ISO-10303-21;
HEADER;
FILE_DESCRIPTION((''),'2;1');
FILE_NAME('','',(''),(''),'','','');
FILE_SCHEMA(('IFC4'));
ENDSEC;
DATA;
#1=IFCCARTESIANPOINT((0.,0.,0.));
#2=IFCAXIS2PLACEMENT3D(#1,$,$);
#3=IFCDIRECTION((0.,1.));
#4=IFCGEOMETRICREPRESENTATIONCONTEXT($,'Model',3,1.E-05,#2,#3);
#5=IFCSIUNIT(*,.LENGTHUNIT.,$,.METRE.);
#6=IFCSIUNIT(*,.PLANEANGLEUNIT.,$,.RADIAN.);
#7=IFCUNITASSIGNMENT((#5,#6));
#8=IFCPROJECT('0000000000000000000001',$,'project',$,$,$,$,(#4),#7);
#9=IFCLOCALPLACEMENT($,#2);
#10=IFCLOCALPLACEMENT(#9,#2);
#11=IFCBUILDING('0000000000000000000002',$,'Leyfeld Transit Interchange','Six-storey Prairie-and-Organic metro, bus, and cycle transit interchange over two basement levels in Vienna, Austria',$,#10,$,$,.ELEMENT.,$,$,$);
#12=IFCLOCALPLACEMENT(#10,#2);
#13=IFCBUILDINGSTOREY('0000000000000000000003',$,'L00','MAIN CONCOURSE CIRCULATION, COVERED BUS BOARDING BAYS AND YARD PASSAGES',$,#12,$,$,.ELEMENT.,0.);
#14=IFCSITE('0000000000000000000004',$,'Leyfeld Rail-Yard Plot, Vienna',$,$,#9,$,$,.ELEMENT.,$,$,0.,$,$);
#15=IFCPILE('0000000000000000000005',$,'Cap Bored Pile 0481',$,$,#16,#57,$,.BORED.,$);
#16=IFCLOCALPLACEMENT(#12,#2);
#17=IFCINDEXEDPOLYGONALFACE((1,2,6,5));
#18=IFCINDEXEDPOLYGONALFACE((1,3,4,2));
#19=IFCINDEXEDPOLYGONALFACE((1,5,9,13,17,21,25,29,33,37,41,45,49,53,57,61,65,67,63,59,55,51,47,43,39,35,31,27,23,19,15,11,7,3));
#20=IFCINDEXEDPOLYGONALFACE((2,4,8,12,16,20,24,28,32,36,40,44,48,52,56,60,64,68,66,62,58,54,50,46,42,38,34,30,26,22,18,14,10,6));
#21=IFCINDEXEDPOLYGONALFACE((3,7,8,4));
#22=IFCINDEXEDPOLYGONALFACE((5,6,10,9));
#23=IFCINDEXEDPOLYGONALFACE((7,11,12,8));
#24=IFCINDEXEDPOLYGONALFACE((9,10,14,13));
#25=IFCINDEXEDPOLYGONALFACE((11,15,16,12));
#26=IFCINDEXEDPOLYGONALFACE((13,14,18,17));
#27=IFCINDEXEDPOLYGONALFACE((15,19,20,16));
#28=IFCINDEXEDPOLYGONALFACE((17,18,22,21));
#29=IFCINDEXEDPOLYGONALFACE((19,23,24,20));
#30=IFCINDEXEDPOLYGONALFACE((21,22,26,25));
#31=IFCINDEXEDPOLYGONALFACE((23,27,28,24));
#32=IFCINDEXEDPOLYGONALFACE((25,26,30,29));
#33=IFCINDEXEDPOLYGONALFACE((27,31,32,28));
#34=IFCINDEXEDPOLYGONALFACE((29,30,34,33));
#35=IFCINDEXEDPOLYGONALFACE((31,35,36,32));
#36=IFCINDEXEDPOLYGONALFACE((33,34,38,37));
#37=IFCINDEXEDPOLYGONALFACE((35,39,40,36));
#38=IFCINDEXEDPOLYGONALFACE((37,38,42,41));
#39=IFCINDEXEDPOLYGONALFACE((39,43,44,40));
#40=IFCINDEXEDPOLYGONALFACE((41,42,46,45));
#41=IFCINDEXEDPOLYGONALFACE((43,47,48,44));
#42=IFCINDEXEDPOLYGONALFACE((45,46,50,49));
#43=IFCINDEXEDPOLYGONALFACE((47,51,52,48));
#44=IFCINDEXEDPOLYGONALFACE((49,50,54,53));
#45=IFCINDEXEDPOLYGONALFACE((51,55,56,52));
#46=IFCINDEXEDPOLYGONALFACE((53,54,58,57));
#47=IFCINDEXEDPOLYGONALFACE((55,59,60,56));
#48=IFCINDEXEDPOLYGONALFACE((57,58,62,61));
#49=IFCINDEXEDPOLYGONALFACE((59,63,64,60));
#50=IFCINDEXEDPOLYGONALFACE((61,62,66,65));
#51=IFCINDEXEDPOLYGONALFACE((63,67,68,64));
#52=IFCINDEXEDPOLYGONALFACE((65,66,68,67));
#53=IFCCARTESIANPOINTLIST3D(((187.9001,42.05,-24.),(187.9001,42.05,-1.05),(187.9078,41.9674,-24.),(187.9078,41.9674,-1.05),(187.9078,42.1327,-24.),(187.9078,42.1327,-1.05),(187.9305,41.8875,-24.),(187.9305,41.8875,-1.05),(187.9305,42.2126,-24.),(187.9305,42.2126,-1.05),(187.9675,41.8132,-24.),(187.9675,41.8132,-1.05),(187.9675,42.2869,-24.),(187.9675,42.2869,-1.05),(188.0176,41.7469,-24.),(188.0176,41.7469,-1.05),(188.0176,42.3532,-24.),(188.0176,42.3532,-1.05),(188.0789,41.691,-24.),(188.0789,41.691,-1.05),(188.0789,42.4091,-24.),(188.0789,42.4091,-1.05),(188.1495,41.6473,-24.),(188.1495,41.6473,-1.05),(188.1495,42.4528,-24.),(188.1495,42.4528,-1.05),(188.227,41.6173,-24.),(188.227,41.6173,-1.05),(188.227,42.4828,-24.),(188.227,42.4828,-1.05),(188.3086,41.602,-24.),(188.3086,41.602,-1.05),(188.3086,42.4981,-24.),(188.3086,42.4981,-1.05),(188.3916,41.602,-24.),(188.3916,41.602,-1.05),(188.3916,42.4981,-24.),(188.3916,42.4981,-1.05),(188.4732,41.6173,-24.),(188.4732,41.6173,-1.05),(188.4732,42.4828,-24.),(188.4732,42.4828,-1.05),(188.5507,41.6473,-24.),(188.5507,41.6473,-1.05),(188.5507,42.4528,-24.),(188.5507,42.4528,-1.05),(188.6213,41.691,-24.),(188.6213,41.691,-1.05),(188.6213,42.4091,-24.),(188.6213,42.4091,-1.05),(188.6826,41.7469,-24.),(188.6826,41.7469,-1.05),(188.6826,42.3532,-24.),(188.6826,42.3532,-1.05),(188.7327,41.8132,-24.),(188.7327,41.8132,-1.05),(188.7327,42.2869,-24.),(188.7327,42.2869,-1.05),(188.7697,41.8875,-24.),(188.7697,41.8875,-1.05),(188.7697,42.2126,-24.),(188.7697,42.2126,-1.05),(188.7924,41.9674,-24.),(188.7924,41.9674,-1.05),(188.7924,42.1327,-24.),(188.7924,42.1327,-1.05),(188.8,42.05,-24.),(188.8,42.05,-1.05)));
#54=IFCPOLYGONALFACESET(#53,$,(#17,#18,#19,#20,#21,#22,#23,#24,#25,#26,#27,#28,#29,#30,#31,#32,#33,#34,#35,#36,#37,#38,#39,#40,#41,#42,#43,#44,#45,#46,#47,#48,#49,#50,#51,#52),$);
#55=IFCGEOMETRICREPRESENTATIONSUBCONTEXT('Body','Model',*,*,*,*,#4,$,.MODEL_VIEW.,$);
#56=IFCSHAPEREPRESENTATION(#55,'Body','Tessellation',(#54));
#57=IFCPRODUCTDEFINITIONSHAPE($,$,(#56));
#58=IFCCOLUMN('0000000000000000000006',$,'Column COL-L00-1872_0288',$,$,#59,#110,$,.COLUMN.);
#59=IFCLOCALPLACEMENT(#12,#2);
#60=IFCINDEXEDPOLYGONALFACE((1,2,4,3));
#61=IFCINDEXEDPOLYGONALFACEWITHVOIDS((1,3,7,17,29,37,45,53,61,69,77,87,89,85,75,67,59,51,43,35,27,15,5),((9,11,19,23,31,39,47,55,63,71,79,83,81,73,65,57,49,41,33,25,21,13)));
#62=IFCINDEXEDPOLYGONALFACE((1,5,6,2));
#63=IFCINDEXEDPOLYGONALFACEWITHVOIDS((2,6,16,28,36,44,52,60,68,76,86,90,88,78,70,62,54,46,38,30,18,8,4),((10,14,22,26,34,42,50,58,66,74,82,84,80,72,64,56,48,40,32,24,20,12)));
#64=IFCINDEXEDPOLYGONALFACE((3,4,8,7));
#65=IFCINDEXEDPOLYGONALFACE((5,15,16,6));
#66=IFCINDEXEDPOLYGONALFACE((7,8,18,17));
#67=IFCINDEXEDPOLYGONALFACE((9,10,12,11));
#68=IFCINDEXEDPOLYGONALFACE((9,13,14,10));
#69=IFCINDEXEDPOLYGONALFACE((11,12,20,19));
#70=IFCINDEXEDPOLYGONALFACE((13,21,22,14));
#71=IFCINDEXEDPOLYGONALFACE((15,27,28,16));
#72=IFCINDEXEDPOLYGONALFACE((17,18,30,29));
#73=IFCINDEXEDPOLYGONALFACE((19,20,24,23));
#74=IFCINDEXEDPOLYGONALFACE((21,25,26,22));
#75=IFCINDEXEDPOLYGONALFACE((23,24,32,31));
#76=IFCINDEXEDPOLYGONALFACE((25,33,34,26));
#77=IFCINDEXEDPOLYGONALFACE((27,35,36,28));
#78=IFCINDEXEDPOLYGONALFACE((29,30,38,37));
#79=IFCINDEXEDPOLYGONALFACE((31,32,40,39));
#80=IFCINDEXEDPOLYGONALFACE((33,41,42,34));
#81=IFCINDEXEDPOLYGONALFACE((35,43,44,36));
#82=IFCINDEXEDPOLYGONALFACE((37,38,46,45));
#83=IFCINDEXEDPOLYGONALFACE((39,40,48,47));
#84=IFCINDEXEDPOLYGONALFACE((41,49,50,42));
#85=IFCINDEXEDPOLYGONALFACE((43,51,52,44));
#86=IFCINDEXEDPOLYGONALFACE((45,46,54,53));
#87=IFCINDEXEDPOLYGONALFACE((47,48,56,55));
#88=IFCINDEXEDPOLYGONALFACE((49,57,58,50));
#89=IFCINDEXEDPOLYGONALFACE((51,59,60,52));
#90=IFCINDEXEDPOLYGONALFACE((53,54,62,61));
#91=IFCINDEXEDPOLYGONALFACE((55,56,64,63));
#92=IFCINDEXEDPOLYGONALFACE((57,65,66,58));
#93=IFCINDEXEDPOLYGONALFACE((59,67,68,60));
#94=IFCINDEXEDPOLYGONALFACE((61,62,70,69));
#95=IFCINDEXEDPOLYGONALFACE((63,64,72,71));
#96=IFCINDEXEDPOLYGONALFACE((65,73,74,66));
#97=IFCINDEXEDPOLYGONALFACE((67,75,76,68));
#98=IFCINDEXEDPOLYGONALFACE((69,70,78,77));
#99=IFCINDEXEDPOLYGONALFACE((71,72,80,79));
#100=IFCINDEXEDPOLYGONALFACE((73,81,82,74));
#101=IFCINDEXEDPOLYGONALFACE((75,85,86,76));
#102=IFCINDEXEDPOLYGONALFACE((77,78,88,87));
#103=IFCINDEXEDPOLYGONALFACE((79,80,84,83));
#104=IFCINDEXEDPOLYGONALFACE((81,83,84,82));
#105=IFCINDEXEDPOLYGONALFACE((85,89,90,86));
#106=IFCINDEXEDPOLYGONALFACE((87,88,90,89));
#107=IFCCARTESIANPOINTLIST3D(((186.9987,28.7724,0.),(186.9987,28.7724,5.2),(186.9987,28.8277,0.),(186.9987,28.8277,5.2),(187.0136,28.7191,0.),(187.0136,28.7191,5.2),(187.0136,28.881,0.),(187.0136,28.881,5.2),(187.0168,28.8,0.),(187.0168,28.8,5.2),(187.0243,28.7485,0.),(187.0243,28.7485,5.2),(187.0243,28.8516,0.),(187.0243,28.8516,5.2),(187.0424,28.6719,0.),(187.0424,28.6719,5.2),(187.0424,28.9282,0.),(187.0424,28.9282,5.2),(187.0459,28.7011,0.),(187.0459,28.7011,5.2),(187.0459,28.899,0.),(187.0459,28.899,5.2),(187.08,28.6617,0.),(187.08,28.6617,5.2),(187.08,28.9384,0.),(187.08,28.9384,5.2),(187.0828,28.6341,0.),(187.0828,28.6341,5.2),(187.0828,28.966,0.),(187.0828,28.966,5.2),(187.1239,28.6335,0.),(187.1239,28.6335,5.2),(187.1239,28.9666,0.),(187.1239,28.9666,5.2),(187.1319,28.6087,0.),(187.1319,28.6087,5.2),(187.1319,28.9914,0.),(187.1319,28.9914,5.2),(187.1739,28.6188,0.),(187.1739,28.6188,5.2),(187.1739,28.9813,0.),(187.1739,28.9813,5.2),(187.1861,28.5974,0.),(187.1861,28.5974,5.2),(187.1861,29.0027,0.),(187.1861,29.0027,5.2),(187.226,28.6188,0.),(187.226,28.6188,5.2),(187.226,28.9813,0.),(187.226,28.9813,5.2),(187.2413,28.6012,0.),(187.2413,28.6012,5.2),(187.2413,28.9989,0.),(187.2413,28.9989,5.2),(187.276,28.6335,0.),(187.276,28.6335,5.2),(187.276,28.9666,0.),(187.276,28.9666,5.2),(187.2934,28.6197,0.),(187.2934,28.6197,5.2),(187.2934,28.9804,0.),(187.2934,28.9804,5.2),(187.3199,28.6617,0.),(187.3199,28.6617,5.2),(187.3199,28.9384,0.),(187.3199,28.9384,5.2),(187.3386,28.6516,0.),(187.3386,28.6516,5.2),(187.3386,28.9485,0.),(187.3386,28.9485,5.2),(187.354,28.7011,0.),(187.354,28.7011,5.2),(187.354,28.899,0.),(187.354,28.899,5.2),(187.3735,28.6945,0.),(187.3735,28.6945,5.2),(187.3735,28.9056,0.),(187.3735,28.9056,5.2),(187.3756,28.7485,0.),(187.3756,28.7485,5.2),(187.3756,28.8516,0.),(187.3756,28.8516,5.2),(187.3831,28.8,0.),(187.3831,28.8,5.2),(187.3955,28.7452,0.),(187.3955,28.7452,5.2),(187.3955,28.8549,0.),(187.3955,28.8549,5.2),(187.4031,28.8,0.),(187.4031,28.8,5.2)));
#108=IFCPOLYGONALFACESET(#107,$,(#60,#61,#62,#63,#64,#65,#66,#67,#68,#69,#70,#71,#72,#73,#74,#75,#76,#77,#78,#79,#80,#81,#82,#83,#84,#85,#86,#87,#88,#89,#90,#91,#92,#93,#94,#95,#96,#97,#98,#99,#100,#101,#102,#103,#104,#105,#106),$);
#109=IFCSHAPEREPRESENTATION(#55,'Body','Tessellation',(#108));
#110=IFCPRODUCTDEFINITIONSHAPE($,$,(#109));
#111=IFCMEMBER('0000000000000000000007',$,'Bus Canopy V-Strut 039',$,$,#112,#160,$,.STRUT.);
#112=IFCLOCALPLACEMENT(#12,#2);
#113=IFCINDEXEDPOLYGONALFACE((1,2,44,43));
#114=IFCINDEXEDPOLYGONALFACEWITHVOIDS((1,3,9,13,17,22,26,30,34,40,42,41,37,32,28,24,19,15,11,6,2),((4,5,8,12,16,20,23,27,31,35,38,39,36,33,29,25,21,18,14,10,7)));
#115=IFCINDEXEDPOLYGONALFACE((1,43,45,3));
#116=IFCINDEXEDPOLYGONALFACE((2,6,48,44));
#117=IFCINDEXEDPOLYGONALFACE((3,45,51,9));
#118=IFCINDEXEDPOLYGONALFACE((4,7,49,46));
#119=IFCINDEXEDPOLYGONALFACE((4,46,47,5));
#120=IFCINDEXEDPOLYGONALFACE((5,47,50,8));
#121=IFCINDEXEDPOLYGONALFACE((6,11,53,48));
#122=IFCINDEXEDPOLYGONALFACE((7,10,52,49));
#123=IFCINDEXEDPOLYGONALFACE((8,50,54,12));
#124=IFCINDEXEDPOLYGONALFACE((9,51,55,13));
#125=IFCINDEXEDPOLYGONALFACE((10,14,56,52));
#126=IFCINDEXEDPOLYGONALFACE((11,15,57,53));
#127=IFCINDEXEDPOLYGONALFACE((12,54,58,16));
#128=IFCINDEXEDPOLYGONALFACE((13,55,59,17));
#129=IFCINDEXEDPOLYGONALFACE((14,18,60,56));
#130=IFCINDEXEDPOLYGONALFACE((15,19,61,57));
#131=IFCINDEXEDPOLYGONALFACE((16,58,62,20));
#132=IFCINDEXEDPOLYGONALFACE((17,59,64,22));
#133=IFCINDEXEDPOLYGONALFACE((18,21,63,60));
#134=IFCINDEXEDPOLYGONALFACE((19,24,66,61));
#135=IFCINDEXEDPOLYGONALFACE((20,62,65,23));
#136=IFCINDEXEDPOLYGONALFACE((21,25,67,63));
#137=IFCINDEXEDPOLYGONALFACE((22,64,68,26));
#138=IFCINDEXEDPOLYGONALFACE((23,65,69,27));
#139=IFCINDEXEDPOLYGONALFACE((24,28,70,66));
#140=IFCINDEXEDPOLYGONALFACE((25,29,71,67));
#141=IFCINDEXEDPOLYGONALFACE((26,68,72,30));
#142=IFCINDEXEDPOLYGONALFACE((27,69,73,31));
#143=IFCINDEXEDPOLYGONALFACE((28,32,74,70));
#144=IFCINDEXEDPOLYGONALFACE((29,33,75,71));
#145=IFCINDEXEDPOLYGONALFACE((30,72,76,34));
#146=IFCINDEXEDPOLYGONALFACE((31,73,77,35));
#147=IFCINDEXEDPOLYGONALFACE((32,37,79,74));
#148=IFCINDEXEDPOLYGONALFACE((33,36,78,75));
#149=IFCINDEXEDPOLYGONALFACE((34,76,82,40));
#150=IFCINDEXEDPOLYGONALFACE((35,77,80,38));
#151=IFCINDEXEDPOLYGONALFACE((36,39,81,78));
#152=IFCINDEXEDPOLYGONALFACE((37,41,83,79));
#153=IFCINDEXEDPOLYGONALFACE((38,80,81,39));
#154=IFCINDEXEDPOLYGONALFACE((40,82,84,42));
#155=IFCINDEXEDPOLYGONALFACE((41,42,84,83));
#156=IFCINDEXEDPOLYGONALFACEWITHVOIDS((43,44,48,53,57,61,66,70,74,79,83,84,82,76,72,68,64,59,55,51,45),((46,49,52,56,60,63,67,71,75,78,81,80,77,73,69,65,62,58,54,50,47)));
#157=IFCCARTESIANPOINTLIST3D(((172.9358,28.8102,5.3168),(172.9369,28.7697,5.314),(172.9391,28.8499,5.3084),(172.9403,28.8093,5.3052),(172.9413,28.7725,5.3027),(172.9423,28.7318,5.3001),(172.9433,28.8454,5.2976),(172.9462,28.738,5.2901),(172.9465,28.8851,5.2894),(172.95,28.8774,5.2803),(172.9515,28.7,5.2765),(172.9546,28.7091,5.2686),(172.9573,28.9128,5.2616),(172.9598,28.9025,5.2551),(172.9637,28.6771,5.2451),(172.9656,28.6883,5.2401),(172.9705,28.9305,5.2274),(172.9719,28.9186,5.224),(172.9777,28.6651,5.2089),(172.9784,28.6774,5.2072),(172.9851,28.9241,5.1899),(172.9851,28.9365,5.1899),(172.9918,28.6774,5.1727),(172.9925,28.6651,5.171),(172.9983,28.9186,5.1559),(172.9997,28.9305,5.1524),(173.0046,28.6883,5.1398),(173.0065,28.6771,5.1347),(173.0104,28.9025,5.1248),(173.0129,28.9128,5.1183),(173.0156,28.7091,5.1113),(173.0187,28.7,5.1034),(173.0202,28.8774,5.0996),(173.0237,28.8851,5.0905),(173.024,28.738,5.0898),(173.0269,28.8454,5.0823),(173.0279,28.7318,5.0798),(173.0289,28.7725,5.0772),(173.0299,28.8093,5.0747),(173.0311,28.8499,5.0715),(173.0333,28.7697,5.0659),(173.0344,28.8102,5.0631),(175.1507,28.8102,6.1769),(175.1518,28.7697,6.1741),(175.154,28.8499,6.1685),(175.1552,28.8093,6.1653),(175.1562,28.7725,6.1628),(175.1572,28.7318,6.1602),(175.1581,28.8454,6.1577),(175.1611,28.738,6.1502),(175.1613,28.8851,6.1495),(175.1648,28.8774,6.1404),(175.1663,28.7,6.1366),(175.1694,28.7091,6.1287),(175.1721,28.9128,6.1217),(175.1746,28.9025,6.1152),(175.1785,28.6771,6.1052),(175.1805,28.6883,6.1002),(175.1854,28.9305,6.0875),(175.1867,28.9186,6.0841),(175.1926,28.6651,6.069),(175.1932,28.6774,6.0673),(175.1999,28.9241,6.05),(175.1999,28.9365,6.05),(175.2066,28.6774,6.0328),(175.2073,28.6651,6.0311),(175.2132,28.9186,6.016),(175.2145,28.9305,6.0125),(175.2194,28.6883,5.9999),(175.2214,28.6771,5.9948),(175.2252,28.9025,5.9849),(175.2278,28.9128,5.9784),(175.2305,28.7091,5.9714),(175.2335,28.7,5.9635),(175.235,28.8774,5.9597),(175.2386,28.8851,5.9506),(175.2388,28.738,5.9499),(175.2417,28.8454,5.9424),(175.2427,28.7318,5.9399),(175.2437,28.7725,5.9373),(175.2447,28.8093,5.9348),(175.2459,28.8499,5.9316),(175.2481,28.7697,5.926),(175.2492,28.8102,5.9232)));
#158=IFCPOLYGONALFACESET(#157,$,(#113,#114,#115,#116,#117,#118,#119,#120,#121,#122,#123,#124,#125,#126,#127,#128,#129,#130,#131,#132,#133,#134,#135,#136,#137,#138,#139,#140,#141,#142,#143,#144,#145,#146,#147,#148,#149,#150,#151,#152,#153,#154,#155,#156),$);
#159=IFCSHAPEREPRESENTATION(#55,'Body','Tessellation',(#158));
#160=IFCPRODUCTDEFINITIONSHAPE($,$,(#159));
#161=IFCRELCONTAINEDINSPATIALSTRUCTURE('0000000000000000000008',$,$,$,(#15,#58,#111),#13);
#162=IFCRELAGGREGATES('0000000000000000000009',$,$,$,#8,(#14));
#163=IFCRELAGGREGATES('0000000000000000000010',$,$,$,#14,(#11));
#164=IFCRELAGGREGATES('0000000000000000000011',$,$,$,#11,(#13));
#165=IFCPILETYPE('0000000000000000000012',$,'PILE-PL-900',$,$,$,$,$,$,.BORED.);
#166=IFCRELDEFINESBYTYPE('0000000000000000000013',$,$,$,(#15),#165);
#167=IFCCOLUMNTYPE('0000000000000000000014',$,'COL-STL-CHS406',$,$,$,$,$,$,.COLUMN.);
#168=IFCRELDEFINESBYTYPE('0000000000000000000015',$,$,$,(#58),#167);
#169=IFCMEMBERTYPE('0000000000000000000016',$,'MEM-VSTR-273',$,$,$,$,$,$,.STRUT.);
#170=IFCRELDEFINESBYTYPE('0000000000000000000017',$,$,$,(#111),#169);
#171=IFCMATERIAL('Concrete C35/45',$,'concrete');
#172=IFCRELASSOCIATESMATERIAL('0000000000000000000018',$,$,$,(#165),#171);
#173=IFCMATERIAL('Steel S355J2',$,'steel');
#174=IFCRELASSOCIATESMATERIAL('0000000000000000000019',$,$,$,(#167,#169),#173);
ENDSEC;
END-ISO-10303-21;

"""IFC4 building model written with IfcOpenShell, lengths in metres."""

from ifc_helpers import new_model, si_unit, direction, frame, origin, origin_2d, place, context, subcontext, project, spatial, circle, hollow_circle, extrude, material, material_profile, profile_set, type_object, element, save


model = new_model("IFC4")

# Units and contexts
model_context = context("Model", 3, precision=1e-05, world=origin(), true_north=direction((0.0, 1.0)))
body_context = subcontext(model_context, "Body", "Model", "MODEL_VIEW")
ifc_project = project(units=[si_unit("LENGTHUNIT", "METRE"), si_unit("PLANEANGLEUNIT", "RADIAN")], contexts=[model_context])

# Site, building, storey
site_placement = place(None, origin())
site = spatial("IfcSite", under=ifc_project, at=site_placement, Name="Leyfeld Rail-Yard Plot, Vienna", CompositionType="ELEMENT", RefElevation=0.0)
building_placement = place(site_placement, origin())
building = spatial("IfcBuilding", under=site, at=building_placement, Name="Leyfeld Transit Interchange", Description="Six-storey Prairie-and-Organic metro, bus, and cycle transit interchange over two basement levels in Vienna, Austria", CompositionType="ELEMENT")
storey_placement = place(building_placement, origin())
storey = spatial("IfcBuildingStorey", under=building, at=storey_placement, Name="L00", Description="MAIN CONCOURSE CIRCULATION, COVERED BUS BOARDING BAYS AND YARD PASSAGES", CompositionType="ELEMENT", Elevation=0.0)

# Shared definitions
ifc_material_1 = material(Name="Concrete C35/45", Category="concrete")

# Pile
ifc_material_profile_1 = material_profile(ifc_material_1, circle(Radius=0.45, at=origin_2d()), Name="PILE D900")
ifc_profile_set_1 = profile_set([ifc_material_profile_1], Name="Concrete C35/45")
pile_type = type_object("IfcPileType", Name="PILE-PL-900", PredefinedType="BORED", material=ifc_profile_set_1)
for number, where, z_axis, x_axis, name in (
    (1, (188.3501, 42.05, -1.05), (0.0, 0.0, -1.0), (1.0, 0.0, 0.0), "Cap Bored Pile 0481"),
):
    element("IfcPile", number, at=place(storey_placement, frame(where, z_axis=z_axis, x_axis=x_axis)), inside=storey, type_object=pile_type, Name=name, PredefinedType="BORED", context=body_context, shape_type="SweptSolid", body=[
        extrude(circle(Radius=0.45, at=origin_2d()), origin(), (0.0, 0.0, 1.0), 22.95),
    ])

# Column
ifc_material_2 = material(Name="Steel S355J2", Category="steel")
ifc_material_profile_2 = material_profile(ifc_material_2, hollow_circle(Radius=0.2031, WallThickness=0.02, at=origin_2d()), Name="CHS 406.4x20")
ifc_profile_set_2 = profile_set([ifc_material_profile_2], Name="Steel S355J2")
column_type = type_object("IfcColumnType", Name="COL-STL-CHS406", PredefinedType="COLUMN", material=ifc_profile_set_2)
column_placement = place(storey_placement, frame((187.2, 28.8, 0.0), z_axis=(0.0, 0.0, 1.0), x_axis=(1.0, 0.0, 0.0)))
element("IfcColumn", 2, at=column_placement, inside=storey, type_object=column_type, Name="Column COL-L00-1872_0288", PredefinedType="COLUMN", context=body_context, shape_type="SweptSolid", body=[
    extrude(hollow_circle(Radius=0.2031, WallThickness=0.02, at=origin_2d()), origin(), (0.0, 0.0, 1.0), 5.2),
])

# Member
ifc_material_profile_3 = material_profile(ifc_material_2, hollow_circle(Radius=0.1365, WallThickness=0.0125, at=origin_2d()), Name="CHS 273x12.5")
ifc_profile_set_3 = profile_set([ifc_material_profile_3], Name="Steel S355J2")
member_type_1 = type_object("IfcMemberType", Name="MEM-VSTR-273", PredefinedType="STRUT", material=ifc_profile_set_3)
for number, where, z_axis, x_axis, name in (
    (3, (172.9851, 28.8, 5.1899), (0.932178, 0.0, 0.362), (0.0, 1.0, 0.0), "Bus Canopy V-Strut 039"),
):
    element("IfcMember", number, at=place(storey_placement, frame(where, z_axis=z_axis, x_axis=x_axis)), inside=storey, type_object=member_type_1, Name=name, PredefinedType="STRUT", context=body_context, shape_type="SweptSolid", body=[
        extrude(hollow_circle(Radius=0.1365, WallThickness=0.0125, at=origin_2d()), origin(), (0.0, 0.0, 1.0), 2.376),
    ])

save(model, "model.ifc")
